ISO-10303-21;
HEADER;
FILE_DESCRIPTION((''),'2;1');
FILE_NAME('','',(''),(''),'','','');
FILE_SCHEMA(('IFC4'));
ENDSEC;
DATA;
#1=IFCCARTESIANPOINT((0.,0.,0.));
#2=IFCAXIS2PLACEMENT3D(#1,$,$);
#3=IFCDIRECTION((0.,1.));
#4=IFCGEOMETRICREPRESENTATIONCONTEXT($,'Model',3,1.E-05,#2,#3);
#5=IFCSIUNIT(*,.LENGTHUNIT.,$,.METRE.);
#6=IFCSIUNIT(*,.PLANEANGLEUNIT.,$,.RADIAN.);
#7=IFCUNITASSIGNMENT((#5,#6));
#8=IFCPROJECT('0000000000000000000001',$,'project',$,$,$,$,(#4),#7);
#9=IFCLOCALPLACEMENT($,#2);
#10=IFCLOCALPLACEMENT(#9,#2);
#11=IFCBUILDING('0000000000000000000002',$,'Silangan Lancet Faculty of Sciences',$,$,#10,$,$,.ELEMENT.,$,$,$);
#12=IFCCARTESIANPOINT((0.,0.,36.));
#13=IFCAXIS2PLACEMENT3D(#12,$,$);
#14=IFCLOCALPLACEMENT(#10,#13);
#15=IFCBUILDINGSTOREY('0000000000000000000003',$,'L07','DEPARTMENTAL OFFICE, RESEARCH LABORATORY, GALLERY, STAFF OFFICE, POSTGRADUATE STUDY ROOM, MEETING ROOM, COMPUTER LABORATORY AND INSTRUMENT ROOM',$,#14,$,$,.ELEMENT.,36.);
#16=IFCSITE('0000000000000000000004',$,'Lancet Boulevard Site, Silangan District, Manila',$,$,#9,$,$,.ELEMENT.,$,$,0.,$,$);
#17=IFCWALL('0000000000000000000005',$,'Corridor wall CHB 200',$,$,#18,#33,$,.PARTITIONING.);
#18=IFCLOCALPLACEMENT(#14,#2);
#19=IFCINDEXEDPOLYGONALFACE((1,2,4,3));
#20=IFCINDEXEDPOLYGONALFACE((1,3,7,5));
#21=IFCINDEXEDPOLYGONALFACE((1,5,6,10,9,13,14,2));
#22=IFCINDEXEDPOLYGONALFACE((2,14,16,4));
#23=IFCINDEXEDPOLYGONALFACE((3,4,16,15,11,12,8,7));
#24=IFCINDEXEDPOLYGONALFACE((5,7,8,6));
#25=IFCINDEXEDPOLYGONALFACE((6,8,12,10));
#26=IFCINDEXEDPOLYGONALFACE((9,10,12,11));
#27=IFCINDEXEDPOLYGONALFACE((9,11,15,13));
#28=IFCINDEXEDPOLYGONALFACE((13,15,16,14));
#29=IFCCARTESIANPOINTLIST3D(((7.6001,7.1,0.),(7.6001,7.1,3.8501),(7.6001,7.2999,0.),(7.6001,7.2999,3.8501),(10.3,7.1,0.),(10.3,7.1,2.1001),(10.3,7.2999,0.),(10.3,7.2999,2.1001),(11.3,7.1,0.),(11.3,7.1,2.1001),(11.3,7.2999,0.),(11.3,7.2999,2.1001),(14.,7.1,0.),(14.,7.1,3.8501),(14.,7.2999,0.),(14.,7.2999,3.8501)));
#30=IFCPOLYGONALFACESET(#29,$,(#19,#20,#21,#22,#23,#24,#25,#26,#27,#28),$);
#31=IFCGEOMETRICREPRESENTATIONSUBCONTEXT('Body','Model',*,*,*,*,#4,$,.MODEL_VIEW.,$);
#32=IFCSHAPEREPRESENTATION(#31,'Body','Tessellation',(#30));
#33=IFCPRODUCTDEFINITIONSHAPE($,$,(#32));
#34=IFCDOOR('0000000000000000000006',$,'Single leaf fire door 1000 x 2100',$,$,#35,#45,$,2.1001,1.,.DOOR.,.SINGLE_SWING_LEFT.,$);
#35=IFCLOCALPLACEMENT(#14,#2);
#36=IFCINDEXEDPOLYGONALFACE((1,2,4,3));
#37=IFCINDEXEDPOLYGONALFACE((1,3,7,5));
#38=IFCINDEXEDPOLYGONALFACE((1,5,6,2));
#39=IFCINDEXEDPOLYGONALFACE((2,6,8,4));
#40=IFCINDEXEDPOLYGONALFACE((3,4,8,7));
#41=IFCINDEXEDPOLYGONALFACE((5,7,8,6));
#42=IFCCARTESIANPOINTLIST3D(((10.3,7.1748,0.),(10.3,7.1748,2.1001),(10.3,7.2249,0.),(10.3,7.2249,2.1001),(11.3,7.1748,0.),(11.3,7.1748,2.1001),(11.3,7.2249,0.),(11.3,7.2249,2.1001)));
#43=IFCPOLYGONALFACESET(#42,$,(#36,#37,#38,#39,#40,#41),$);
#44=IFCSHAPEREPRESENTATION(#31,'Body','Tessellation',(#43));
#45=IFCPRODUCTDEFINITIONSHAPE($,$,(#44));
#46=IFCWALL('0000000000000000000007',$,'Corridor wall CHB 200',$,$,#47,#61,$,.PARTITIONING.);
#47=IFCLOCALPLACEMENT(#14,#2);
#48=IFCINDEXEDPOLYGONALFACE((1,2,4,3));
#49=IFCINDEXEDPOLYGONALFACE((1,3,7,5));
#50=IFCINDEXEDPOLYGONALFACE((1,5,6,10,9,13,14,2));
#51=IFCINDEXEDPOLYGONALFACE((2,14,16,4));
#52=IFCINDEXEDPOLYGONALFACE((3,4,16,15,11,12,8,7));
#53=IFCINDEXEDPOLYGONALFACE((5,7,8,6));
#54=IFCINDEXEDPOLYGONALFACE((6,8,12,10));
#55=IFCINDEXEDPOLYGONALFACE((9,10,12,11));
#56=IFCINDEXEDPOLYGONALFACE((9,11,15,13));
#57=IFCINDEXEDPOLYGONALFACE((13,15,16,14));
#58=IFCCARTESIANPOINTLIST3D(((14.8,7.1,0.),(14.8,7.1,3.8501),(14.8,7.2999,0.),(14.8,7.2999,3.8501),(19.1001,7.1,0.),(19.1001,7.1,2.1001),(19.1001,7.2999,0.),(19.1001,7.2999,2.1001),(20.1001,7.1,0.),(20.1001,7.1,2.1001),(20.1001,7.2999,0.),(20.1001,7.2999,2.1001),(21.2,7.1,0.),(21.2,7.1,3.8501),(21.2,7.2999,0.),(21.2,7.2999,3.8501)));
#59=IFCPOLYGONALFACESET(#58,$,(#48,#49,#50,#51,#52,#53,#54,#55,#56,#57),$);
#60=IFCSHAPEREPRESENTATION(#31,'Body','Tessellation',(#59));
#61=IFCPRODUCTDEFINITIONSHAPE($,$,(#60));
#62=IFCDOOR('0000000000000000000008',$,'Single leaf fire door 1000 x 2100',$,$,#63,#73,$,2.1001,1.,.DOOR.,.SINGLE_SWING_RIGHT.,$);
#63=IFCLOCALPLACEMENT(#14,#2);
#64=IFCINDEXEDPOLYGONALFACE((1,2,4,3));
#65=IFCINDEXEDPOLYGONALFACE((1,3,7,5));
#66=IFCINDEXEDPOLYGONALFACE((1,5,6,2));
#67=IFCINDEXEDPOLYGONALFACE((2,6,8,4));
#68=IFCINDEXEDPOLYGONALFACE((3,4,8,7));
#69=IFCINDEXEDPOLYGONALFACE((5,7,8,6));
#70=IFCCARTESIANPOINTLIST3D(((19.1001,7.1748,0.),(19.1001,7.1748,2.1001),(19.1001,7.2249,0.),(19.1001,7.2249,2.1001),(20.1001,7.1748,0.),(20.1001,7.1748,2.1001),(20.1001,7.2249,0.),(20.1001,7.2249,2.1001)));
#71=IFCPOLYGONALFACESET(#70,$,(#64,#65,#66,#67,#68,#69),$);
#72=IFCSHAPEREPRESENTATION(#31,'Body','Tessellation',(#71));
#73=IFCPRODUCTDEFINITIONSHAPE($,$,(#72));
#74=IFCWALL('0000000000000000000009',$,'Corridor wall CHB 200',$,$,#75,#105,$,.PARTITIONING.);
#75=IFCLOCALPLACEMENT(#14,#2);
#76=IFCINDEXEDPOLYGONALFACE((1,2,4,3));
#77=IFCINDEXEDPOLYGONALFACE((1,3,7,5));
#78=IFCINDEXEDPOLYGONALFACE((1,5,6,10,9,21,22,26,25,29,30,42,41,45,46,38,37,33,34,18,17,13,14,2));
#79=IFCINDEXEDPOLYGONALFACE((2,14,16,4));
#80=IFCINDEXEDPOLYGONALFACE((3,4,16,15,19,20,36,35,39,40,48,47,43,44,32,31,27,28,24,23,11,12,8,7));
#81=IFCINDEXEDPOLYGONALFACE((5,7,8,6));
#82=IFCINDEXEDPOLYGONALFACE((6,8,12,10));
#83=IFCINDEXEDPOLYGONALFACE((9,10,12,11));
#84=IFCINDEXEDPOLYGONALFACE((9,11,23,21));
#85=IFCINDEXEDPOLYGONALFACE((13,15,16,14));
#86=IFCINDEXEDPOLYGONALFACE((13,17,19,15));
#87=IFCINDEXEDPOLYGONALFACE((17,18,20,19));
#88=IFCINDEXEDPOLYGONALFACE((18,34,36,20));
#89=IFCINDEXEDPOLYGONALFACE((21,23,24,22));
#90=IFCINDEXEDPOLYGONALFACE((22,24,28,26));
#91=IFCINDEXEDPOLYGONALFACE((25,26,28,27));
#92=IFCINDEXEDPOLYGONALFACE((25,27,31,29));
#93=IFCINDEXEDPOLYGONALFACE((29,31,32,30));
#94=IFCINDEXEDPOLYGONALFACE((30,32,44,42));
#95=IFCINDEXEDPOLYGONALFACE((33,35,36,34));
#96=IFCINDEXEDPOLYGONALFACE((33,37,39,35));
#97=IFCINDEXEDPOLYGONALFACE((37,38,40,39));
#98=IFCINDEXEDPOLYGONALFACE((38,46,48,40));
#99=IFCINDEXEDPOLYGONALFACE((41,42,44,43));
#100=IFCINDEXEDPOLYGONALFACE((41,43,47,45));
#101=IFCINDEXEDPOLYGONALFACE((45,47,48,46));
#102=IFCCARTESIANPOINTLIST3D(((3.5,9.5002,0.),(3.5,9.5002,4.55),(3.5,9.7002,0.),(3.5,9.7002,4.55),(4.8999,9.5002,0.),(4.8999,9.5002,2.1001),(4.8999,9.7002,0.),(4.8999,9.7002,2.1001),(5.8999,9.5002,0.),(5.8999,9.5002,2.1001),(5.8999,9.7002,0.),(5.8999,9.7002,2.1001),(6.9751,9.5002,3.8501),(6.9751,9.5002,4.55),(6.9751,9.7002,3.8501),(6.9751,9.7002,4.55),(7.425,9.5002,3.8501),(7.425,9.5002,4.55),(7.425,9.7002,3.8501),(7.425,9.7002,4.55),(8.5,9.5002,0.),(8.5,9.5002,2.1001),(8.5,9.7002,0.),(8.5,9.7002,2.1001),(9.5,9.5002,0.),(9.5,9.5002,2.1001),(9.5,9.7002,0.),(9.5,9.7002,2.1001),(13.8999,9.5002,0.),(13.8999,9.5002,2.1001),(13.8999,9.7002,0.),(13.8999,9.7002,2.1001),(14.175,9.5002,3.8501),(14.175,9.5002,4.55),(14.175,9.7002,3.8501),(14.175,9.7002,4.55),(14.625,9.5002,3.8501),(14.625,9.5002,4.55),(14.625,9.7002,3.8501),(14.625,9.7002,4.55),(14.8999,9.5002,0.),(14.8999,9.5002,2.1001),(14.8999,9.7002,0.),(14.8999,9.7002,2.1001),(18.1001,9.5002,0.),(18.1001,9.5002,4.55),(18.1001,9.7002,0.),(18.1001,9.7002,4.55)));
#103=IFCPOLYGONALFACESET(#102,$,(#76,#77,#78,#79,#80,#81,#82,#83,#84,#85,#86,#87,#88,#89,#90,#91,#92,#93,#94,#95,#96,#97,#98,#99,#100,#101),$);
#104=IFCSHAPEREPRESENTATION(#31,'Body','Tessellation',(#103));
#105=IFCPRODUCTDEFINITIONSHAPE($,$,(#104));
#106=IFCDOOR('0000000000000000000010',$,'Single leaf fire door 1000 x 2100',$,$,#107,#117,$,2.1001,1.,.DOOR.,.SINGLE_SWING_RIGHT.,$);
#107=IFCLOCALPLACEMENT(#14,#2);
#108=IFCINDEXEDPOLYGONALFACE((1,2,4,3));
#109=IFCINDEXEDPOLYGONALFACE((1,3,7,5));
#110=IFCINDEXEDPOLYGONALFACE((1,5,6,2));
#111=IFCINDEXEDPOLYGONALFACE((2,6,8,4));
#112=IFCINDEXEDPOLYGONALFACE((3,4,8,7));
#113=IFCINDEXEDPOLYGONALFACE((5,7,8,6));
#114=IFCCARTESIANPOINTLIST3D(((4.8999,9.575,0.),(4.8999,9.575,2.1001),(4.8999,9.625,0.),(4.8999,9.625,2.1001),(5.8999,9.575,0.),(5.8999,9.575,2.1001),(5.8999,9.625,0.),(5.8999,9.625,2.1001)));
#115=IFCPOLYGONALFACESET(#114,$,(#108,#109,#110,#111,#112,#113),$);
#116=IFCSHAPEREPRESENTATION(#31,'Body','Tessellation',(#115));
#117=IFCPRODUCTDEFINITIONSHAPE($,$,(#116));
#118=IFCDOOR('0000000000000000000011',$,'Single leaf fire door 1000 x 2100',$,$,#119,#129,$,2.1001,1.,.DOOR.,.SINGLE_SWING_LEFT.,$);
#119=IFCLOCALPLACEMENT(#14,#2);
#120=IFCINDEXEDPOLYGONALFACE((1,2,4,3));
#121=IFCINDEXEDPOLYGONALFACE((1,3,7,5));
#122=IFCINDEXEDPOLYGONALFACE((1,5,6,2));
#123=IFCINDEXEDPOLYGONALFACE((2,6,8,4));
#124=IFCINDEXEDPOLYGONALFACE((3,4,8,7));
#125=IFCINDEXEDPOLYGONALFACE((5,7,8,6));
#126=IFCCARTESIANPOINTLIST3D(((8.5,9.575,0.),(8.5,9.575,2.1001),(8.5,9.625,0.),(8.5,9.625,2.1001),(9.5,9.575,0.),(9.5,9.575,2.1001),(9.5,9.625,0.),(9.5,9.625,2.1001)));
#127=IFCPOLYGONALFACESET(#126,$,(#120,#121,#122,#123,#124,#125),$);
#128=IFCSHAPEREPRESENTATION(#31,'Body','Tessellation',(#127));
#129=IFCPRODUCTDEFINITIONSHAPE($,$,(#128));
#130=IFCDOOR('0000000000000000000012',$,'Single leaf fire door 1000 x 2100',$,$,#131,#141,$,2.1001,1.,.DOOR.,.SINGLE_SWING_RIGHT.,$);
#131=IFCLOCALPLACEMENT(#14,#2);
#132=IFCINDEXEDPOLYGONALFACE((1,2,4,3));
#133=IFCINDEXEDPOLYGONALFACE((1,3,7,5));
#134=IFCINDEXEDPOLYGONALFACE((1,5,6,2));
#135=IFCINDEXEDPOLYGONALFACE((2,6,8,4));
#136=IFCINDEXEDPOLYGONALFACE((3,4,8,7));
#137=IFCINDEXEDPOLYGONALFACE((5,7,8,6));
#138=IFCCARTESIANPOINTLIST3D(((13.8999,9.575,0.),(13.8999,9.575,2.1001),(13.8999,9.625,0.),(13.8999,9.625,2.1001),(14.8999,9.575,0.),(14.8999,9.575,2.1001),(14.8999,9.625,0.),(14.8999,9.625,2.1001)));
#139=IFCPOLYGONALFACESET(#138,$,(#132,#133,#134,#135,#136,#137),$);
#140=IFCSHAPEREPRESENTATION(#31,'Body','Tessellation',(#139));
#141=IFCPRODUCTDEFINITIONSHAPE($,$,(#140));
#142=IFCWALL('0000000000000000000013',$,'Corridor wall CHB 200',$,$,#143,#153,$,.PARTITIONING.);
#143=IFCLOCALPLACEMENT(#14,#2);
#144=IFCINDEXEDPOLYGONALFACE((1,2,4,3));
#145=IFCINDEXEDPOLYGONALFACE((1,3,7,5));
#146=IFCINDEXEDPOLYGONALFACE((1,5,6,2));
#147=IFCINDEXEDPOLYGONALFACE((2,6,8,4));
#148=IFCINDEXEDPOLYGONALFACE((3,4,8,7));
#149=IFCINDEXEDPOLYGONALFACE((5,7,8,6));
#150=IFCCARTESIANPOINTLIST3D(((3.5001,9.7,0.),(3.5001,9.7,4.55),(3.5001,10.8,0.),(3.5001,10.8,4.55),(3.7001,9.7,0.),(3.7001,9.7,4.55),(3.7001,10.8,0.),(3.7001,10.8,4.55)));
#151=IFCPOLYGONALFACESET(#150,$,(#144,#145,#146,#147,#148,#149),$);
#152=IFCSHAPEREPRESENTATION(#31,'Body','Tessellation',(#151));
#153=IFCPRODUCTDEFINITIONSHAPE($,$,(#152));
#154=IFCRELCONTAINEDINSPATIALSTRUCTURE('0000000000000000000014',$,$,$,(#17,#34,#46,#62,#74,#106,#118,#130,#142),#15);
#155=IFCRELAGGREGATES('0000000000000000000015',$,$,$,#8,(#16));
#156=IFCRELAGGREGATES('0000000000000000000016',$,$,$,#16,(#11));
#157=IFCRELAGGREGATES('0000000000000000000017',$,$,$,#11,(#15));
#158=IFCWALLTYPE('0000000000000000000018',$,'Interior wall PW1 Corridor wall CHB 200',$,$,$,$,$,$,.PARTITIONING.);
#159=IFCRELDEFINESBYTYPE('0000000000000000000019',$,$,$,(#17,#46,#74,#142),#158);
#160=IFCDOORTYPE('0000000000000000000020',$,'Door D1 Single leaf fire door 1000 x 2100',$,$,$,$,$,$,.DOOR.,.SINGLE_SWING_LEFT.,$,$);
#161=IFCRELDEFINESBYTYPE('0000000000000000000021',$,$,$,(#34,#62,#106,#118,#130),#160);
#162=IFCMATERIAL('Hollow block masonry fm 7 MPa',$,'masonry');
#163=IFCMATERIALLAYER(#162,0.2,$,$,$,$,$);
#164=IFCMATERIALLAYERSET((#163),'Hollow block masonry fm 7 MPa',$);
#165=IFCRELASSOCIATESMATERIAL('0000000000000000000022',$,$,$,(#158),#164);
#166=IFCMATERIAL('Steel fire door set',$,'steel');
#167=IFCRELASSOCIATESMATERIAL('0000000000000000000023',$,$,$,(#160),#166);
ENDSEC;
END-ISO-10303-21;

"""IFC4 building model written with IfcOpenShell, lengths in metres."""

from ifc_helpers import new_model, si_unit, direction, frame, frame_2d, origin, place, context, subcontext, project, spatial, polyline, rectangle, outline, extrude, material, layer, layer_set, type_object, element, fill, save


model = new_model("IFC4")

# Units and contexts
model_context = context("Model", 3, precision=1e-05, world=origin(), true_north=direction((0.0, 1.0)))
body_context = subcontext(model_context, "Body", "Model", "MODEL_VIEW")
ifc_project = project(units=[si_unit("LENGTHUNIT", "METRE"), si_unit("PLANEANGLEUNIT", "RADIAN")], contexts=[model_context])

# Site, building, storey
site_placement = place(None, origin())
site = spatial("IfcSite", under=ifc_project, at=site_placement, Name="Lancet Boulevard Site, Silangan District, Manila", CompositionType="ELEMENT", RefElevation=0.0)
building_placement = place(site_placement, origin())
building = spatial("IfcBuilding", under=site, at=building_placement, Name="Silangan Lancet Faculty of Sciences", CompositionType="ELEMENT")
storey_placement = place(building_placement, frame((0.0, 0.0, 36.0)))
storey = spatial("IfcBuildingStorey", under=building, at=storey_placement, Name="L07", Description="DEPARTMENTAL OFFICE, RESEARCH LABORATORY, GALLERY, STAFF OFFICE, POSTGRADUATE STUDY ROOM, MEETING ROOM, COMPUTER LABORATORY AND INSTRUMENT ROOM", CompositionType="ELEMENT", Elevation=36.0)

# Shared definitions
ifc_material_1 = material(Name="Hollow block masonry fm 7 MPa", Category="masonry")
ifc_layer_1 = layer(ifc_material_1, 0.2)
ifc_layer_set_1 = layer_set([ifc_layer_1], Name="Hollow block masonry fm 7 MPa")
wall_type_1 = type_object("IfcWallType", Name="Interior wall PW1 Corridor wall CHB 200", PredefinedType="PARTITIONING", material=ifc_layer_set_1)
ifc_material_2 = material(Name="Steel fire door set", Category="steel")
door_type_1 = type_object("IfcDoorType", Name="Door D1 Single leaf fire door 1000 x 2100", OperationType="SINGLE_SWING_LEFT", PredefinedType="DOOR", material=ifc_material_2)

# Walls, openings, doors
wall_1_placement = place(storey_placement, frame((7.6001, 7.2, 0.0), z_axis=(0.0, 0.0, 1.0), x_axis=(1.0, 0.0, 0.0)))
wall_1 = element("IfcWall", 1, at=wall_1_placement, inside=storey, type_object=wall_type_1, Name="Corridor wall CHB 200", PredefinedType="PARTITIONING", context=body_context, shape_type="SweptSolid", body=[
    extrude(rectangle(XDim=6.3999, YDim=0.2, at=frame_2d((3.2, 0.0))), origin(), (0.0, 0.0, 1.0), 3.8501),
])
opening_1_placement = place(wall_1_placement, frame((2.7, 0.0, 0.0)))
opening_1 = element("IfcOpeningElement", 2, at=opening_1_placement, cuts=wall_1, PredefinedType="OPENING", context=body_context, shape_type="SweptSolid", body=[
    extrude(rectangle(XDim=1.0, YDim=2.1001, at=frame_2d((0.5, 1.05))), frame((0.0, 0.1099, 0.0), z_axis=(0.0, -1.0, 0.0), x_axis=(1.0, 0.0, 0.0)), (0.0, 0.0, 1.0), 0.22),
])
door_1_placement = place(opening_1_placement, frame((1.0, 0.0, 0.0), z_axis=(0.0, 0.0, 1.0), x_axis=(-1.0, 0.0, 0.0)))
door_1 = element("IfcDoor", 3, at=door_1_placement, inside=storey, type_object=door_type_1, Name="Single leaf fire door 1000 x 2100", OperationType="SINGLE_SWING_LEFT", OverallHeight=2.1001, OverallWidth=1.0, PredefinedType="DOOR", context=body_context, shape_type="SweptSolid", body=[
    extrude(rectangle(XDim=1.0, YDim=2.1001, at=frame_2d((0.5, 1.05))), frame((0.0, 0.0251, 0.0), z_axis=(0.0, -1.0, 0.0), x_axis=(1.0, 0.0, 0.0)), (0.0, 0.0, 1.0), 0.05),
])
fill(opening_1, door_1)
wall_2_placement = place(storey_placement, frame((14.8, 7.2, 0.0), z_axis=(0.0, 0.0, 1.0), x_axis=(1.0, 0.0, 0.0)))
wall_2 = element("IfcWall", 4, at=wall_2_placement, inside=storey, type_object=wall_type_1, Name="Corridor wall CHB 200", PredefinedType="PARTITIONING", context=body_context, shape_type="SweptSolid", body=[
    extrude(rectangle(XDim=6.3999, YDim=0.2, at=frame_2d((3.2, 0.0))), origin(), (0.0, 0.0, 1.0), 3.8501),
])
opening_2_placement = place(wall_2_placement, frame((4.3, 0.0, 0.0)))
opening_2 = element("IfcOpeningElement", 5, at=opening_2_placement, cuts=wall_2, PredefinedType="OPENING", context=body_context, shape_type="SweptSolid", body=[
    extrude(rectangle(XDim=1.0, YDim=2.1001, at=frame_2d((0.5, 1.05))), frame((0.0, 0.1099, 0.0), z_axis=(0.0, -1.0, 0.0), x_axis=(1.0, 0.0, 0.0)), (0.0, 0.0, 1.0), 0.22),
])
door_2_placement = place(opening_2_placement, frame((1.0, 0.0, 0.0), z_axis=(0.0, 0.0, 1.0), x_axis=(-1.0, 0.0, 0.0)))
door_2 = element("IfcDoor", 6, at=door_2_placement, inside=storey, type_object=door_type_1, Name="Single leaf fire door 1000 x 2100", OperationType="SINGLE_SWING_RIGHT", OverallHeight=2.1001, OverallWidth=1.0, PredefinedType="DOOR", context=body_context, shape_type="SweptSolid", body=[
    extrude(rectangle(XDim=1.0, YDim=2.1001, at=frame_2d((0.5, 1.05))), frame((0.0, 0.0251, 0.0), z_axis=(0.0, -1.0, 0.0), x_axis=(1.0, 0.0, 0.0)), (0.0, 0.0, 1.0), 0.05),
])
fill(opening_2, door_2)

# Wall, openings, doors
wall_3_placement = place(storey_placement, frame((3.5, 9.6001, 0.0), z_axis=(0.0, 0.0, 1.0), x_axis=(1.0, 0.0, 0.0)))
wall_3 = element("IfcWall", 7, at=wall_3_placement, inside=storey, type_object=wall_type_1, Name="Corridor wall CHB 200", PredefinedType="PARTITIONING", context=body_context, shape_type="SweptSolid", body=[
    extrude(outline(polyline([(0.0, 0.0), (14.6001, 0.0), (14.6001, 4.55), (11.125, 4.55), (11.125, 3.8501), (10.675, 3.8501), (10.675, 4.55), (3.925, 4.55), (3.925, 3.8501), (3.4751, 3.8501), (3.4751, 4.55), (0.0, 4.55), (0.0, 0.0)])), frame((0.0, 0.1001, 0.0), z_axis=(0.0, -1.0, 0.0), x_axis=(1.0, 0.0, 0.0)), (0.0, 0.0, 1.0), 0.2),
])
opening_3_placement = place(wall_3_placement, frame((1.3999, 0.0, 0.0)))
opening_3 = element("IfcOpeningElement", 8, at=opening_3_placement, cuts=wall_3, PredefinedType="OPENING", context=body_context, shape_type="SweptSolid", body=[
    extrude(rectangle(XDim=1.0, YDim=2.1001, at=frame_2d((0.5, 1.05))), frame((0.0, 0.1099, 0.0), z_axis=(0.0, -1.0, 0.0), x_axis=(1.0, 0.0, 0.0)), (0.0, 0.0, 1.0), 0.22),
])
opening_4_placement = place(wall_3_placement, frame((5.0, 0.0, 0.0)))
opening_4 = element("IfcOpeningElement", 9, at=opening_4_placement, cuts=wall_3, PredefinedType="OPENING", context=body_context, shape_type="SweptSolid", body=[
    extrude(rectangle(XDim=1.0, YDim=2.1001, at=frame_2d((0.5, 1.05))), frame((0.0, 0.1099, 0.0), z_axis=(0.0, -1.0, 0.0), x_axis=(1.0, 0.0, 0.0)), (0.0, 0.0, 1.0), 0.22),
])
opening_5_placement = place(wall_3_placement, frame((10.3999, 0.0, 0.0)))
opening_5 = element("IfcOpeningElement", 10, at=opening_5_placement, cuts=wall_3, PredefinedType="OPENING", context=body_context, shape_type="SweptSolid", body=[
    extrude(rectangle(XDim=1.0, YDim=2.1001, at=frame_2d((0.5, 1.05))), frame((0.0, 0.1099, 0.0), z_axis=(0.0, -1.0, 0.0), x_axis=(1.0, 0.0, 0.0)), (0.0, 0.0, 1.0), 0.22),
])
door_3_placement = place(opening_3_placement, origin())
door_3 = element("IfcDoor", 11, at=door_3_placement, inside=storey, type_object=door_type_1, Name="Single leaf fire door 1000 x 2100", OperationType="SINGLE_SWING_RIGHT", OverallHeight=2.1001, OverallWidth=1.0, PredefinedType="DOOR", context=body_context, shape_type="SweptSolid", body=[
    extrude(rectangle(XDim=1.0, YDim=2.1001, at=frame_2d((0.5, 1.05))), frame((0.0, 0.0249, 0.0), z_axis=(0.0, -1.0, 0.0), x_axis=(1.0, 0.0, 0.0)), (0.0, 0.0, 1.0), 0.05),
])
fill(opening_3, door_3)
door_4_placement = place(opening_4_placement, origin())
door_4 = element("IfcDoor", 12, at=door_4_placement, inside=storey, type_object=door_type_1, Name="Single leaf fire door 1000 x 2100", OperationType="SINGLE_SWING_LEFT", OverallHeight=2.1001, OverallWidth=1.0, PredefinedType="DOOR", context=body_context, shape_type="SweptSolid", body=[
    extrude(rectangle(XDim=1.0, YDim=2.1001, at=frame_2d((0.5, 1.05))), frame((0.0, 0.0249, 0.0), z_axis=(0.0, -1.0, 0.0), x_axis=(1.0, 0.0, 0.0)), (0.0, 0.0, 1.0), 0.05),
])
fill(opening_4, door_4)
door_5_placement = place(opening_5_placement, origin())
door_5 = element("IfcDoor", 13, at=door_5_placement, inside=storey, type_object=door_type_1, Name="Single leaf fire door 1000 x 2100", OperationType="SINGLE_SWING_RIGHT", OverallHeight=2.1001, OverallWidth=1.0, PredefinedType="DOOR", context=body_context, shape_type="SweptSolid", body=[
    extrude(rectangle(XDim=1.0, YDim=2.1001, at=frame_2d((0.5, 1.05))), frame((0.0, 0.0249, 0.0), z_axis=(0.0, -1.0, 0.0), x_axis=(1.0, 0.0, 0.0)), (0.0, 0.0, 1.0), 0.05),
])
fill(opening_5, door_5)

# Wall
wall_4_placement = place(storey_placement, frame((3.6001, 9.7, 0.0), z_axis=(0.0, 0.0, 1.0), x_axis=(0.0, 1.0, 0.0)))
element("IfcWall", 14, at=wall_4_placement, inside=storey, type_object=wall_type_1, Name="Corridor wall CHB 200", PredefinedType="PARTITIONING", context=body_context, shape_type="SweptSolid", body=[
    extrude(rectangle(XDim=1.1001, YDim=0.2, at=frame_2d((0.55, 0.0))), origin(), (0.0, 0.0, 1.0), 4.55),
])

save(model, "model.ifc")
